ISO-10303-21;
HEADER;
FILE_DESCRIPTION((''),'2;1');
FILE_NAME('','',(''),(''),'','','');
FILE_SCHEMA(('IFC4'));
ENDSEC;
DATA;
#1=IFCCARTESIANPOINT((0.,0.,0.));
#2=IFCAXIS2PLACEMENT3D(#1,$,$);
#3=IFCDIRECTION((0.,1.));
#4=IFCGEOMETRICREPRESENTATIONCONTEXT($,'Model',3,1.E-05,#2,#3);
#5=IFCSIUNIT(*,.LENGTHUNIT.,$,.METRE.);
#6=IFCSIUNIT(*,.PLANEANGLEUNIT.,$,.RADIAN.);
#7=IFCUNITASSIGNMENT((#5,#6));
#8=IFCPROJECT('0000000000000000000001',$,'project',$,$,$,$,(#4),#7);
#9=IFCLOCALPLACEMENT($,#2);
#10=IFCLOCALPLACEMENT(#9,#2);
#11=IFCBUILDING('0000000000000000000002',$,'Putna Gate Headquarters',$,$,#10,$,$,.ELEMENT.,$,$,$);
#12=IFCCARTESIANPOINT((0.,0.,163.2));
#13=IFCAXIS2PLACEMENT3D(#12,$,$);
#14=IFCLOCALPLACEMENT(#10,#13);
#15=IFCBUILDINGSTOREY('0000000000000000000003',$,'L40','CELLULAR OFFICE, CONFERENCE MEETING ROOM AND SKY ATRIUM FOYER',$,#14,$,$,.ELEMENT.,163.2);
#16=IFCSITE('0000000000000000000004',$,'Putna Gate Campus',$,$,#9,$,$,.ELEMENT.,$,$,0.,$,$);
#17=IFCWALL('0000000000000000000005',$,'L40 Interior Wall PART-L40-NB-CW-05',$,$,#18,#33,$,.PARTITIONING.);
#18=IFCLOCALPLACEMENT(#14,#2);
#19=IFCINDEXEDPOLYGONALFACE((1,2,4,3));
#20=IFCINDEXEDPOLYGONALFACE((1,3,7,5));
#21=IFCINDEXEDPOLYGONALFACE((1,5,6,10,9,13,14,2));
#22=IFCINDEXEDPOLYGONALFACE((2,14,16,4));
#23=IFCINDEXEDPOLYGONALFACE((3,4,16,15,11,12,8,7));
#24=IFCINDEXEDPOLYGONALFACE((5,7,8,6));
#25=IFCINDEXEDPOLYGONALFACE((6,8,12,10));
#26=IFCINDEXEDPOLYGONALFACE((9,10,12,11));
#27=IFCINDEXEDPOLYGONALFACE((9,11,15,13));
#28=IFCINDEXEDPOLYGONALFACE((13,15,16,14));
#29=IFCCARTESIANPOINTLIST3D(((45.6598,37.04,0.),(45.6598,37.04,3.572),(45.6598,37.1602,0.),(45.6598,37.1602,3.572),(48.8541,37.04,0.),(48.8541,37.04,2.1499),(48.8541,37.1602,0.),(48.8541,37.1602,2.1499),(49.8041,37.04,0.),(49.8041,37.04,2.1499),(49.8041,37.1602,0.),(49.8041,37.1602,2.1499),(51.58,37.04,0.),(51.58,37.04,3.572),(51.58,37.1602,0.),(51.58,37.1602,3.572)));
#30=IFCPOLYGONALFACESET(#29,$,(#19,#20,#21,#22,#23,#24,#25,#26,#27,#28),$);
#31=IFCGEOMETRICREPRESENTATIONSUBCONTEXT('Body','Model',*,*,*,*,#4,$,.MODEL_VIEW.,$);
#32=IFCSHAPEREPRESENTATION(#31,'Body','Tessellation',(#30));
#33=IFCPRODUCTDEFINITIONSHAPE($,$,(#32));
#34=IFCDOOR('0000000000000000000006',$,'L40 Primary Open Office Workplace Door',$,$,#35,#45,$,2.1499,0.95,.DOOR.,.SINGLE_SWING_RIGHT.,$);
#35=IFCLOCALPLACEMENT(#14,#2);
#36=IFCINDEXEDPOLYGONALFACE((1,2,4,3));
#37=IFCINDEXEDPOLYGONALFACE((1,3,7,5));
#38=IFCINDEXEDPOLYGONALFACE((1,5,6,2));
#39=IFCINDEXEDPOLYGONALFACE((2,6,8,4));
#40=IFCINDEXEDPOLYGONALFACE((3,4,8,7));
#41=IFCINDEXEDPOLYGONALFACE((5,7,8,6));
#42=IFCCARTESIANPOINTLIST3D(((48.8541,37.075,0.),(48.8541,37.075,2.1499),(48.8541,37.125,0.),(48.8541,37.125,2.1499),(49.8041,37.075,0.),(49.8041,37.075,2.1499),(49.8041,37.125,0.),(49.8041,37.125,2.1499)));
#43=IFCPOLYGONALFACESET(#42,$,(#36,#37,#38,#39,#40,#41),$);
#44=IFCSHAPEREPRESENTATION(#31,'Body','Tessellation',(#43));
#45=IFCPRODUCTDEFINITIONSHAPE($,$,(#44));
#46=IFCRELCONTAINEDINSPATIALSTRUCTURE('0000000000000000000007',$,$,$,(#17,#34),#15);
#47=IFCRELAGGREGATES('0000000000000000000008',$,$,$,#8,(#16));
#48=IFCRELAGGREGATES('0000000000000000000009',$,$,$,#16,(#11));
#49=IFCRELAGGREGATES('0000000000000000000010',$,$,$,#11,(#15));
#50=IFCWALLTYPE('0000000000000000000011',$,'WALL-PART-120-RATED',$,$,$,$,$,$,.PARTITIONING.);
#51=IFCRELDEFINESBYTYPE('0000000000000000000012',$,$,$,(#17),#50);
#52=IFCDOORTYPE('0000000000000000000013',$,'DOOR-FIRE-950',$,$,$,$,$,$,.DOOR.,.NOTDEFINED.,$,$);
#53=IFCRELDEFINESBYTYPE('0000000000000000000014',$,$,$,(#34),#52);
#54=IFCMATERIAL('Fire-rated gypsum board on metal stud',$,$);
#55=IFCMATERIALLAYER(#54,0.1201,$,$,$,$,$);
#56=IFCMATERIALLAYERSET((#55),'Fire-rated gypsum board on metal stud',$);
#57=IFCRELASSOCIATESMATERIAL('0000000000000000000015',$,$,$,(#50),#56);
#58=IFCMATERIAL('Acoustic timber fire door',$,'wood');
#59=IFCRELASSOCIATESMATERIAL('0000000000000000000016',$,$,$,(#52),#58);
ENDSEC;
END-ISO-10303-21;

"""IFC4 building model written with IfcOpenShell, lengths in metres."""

from ifc_helpers import new_model, si_unit, direction, frame, frame_2d, origin, place, context, subcontext, project, spatial, rectangle, extrude, material, layer, layer_set, type_object, element, fill, save


model = new_model("IFC4")

# Units and contexts
model_context = context("Model", 3, precision=1e-05, world=origin(), true_north=direction((0.0, 1.0)))
body_context = subcontext(model_context, "Body", "Model", "MODEL_VIEW")
ifc_project = project(units=[si_unit("LENGTHUNIT", "METRE"), si_unit("PLANEANGLEUNIT", "RADIAN")], contexts=[model_context])

# Site, building, storey
site_placement = place(None, origin())
site = spatial("IfcSite", under=ifc_project, at=site_placement, Name="Putna Gate Campus", CompositionType="ELEMENT", RefElevation=0.0)
building_placement = place(site_placement, origin())
building = spatial("IfcBuilding", under=site, at=building_placement, Name="Putna Gate Headquarters", CompositionType="ELEMENT")
storey_placement = place(building_placement, frame((0.0, 0.0, 163.2)))
storey = spatial("IfcBuildingStorey", under=building, at=storey_placement, Name="L40", Description="CELLULAR OFFICE, CONFERENCE MEETING ROOM AND SKY ATRIUM FOYER", CompositionType="ELEMENT", Elevation=163.2)

# Wall, opening, door
ifc_material_1 = material(Name="Fire-rated gypsum board on metal stud")
ifc_layer_1 = layer(ifc_material_1, 0.1201)
ifc_layer_set_1 = layer_set([ifc_layer_1], Name="Fire-rated gypsum board on metal stud")
wall_type_1 = type_object("IfcWallType", Name="WALL-PART-120-RATED", PredefinedType="PARTITIONING", material=ifc_layer_set_1)
wall_1_placement = place(storey_placement, frame((45.6599, 37.1001, 0.0), z_axis=(0.0, 0.0, 1.0), x_axis=(1.0, 0.0, 0.0)))
wall_1 = element("IfcWall", 1, at=wall_1_placement, inside=storey, type_object=wall_type_1, Name="L40 Interior Wall PART-L40-NB-CW-05", PredefinedType="PARTITIONING", context=body_context, shape_type="SweptSolid", body=[
    extrude(rectangle(XDim=5.9202, YDim=0.1201, at=frame_2d((2.96, 0.0))), origin(), (0.0, 0.0, 1.0), 3.572),
])
opening_1_placement = place(wall_1_placement, frame((3.1941, 0.0, 0.0)))
opening_1 = element("IfcOpeningElement", 2, at=opening_1_placement, cuts=wall_1, PredefinedType="OPENING", context=body_context, shape_type="SweptSolid", body=[
    extrude(rectangle(XDim=0.95, YDim=2.1499, at=frame_2d((0.4751, 1.075))), frame((0.0, 0.0701, 0.0), z_axis=(0.0, -1.0, 0.0), x_axis=(1.0, 0.0, 0.0)), (0.0, 0.0, 1.0), 0.1401),
])
ifc_material_2 = material(Name="Acoustic timber fire door", Category="wood")
door_type_1 = type_object("IfcDoorType", Name="DOOR-FIRE-950", OperationType="NOTDEFINED", PredefinedType="DOOR", material=ifc_material_2)
door_1_placement = place(opening_1_placement, origin())
door_1 = element("IfcDoor", 3, at=door_1_placement, inside=storey, type_object=door_type_1, Name="L40 Primary Open Office Workplace Door", OperationType="SINGLE_SWING_RIGHT", OverallHeight=2.1499, OverallWidth=0.95, PredefinedType="DOOR", context=body_context, shape_type="SweptSolid", body=[
    extrude(rectangle(XDim=0.95, YDim=2.1499, at=frame_2d((0.4751, 1.075))), frame((0.0, 0.0249, 0.0), z_axis=(0.0, -1.0, 0.0), x_axis=(1.0, 0.0, 0.0)), (0.0, 0.0, 1.0), 0.05),
])
fill(opening_1, door_1)

save(model, "model.ifc")
